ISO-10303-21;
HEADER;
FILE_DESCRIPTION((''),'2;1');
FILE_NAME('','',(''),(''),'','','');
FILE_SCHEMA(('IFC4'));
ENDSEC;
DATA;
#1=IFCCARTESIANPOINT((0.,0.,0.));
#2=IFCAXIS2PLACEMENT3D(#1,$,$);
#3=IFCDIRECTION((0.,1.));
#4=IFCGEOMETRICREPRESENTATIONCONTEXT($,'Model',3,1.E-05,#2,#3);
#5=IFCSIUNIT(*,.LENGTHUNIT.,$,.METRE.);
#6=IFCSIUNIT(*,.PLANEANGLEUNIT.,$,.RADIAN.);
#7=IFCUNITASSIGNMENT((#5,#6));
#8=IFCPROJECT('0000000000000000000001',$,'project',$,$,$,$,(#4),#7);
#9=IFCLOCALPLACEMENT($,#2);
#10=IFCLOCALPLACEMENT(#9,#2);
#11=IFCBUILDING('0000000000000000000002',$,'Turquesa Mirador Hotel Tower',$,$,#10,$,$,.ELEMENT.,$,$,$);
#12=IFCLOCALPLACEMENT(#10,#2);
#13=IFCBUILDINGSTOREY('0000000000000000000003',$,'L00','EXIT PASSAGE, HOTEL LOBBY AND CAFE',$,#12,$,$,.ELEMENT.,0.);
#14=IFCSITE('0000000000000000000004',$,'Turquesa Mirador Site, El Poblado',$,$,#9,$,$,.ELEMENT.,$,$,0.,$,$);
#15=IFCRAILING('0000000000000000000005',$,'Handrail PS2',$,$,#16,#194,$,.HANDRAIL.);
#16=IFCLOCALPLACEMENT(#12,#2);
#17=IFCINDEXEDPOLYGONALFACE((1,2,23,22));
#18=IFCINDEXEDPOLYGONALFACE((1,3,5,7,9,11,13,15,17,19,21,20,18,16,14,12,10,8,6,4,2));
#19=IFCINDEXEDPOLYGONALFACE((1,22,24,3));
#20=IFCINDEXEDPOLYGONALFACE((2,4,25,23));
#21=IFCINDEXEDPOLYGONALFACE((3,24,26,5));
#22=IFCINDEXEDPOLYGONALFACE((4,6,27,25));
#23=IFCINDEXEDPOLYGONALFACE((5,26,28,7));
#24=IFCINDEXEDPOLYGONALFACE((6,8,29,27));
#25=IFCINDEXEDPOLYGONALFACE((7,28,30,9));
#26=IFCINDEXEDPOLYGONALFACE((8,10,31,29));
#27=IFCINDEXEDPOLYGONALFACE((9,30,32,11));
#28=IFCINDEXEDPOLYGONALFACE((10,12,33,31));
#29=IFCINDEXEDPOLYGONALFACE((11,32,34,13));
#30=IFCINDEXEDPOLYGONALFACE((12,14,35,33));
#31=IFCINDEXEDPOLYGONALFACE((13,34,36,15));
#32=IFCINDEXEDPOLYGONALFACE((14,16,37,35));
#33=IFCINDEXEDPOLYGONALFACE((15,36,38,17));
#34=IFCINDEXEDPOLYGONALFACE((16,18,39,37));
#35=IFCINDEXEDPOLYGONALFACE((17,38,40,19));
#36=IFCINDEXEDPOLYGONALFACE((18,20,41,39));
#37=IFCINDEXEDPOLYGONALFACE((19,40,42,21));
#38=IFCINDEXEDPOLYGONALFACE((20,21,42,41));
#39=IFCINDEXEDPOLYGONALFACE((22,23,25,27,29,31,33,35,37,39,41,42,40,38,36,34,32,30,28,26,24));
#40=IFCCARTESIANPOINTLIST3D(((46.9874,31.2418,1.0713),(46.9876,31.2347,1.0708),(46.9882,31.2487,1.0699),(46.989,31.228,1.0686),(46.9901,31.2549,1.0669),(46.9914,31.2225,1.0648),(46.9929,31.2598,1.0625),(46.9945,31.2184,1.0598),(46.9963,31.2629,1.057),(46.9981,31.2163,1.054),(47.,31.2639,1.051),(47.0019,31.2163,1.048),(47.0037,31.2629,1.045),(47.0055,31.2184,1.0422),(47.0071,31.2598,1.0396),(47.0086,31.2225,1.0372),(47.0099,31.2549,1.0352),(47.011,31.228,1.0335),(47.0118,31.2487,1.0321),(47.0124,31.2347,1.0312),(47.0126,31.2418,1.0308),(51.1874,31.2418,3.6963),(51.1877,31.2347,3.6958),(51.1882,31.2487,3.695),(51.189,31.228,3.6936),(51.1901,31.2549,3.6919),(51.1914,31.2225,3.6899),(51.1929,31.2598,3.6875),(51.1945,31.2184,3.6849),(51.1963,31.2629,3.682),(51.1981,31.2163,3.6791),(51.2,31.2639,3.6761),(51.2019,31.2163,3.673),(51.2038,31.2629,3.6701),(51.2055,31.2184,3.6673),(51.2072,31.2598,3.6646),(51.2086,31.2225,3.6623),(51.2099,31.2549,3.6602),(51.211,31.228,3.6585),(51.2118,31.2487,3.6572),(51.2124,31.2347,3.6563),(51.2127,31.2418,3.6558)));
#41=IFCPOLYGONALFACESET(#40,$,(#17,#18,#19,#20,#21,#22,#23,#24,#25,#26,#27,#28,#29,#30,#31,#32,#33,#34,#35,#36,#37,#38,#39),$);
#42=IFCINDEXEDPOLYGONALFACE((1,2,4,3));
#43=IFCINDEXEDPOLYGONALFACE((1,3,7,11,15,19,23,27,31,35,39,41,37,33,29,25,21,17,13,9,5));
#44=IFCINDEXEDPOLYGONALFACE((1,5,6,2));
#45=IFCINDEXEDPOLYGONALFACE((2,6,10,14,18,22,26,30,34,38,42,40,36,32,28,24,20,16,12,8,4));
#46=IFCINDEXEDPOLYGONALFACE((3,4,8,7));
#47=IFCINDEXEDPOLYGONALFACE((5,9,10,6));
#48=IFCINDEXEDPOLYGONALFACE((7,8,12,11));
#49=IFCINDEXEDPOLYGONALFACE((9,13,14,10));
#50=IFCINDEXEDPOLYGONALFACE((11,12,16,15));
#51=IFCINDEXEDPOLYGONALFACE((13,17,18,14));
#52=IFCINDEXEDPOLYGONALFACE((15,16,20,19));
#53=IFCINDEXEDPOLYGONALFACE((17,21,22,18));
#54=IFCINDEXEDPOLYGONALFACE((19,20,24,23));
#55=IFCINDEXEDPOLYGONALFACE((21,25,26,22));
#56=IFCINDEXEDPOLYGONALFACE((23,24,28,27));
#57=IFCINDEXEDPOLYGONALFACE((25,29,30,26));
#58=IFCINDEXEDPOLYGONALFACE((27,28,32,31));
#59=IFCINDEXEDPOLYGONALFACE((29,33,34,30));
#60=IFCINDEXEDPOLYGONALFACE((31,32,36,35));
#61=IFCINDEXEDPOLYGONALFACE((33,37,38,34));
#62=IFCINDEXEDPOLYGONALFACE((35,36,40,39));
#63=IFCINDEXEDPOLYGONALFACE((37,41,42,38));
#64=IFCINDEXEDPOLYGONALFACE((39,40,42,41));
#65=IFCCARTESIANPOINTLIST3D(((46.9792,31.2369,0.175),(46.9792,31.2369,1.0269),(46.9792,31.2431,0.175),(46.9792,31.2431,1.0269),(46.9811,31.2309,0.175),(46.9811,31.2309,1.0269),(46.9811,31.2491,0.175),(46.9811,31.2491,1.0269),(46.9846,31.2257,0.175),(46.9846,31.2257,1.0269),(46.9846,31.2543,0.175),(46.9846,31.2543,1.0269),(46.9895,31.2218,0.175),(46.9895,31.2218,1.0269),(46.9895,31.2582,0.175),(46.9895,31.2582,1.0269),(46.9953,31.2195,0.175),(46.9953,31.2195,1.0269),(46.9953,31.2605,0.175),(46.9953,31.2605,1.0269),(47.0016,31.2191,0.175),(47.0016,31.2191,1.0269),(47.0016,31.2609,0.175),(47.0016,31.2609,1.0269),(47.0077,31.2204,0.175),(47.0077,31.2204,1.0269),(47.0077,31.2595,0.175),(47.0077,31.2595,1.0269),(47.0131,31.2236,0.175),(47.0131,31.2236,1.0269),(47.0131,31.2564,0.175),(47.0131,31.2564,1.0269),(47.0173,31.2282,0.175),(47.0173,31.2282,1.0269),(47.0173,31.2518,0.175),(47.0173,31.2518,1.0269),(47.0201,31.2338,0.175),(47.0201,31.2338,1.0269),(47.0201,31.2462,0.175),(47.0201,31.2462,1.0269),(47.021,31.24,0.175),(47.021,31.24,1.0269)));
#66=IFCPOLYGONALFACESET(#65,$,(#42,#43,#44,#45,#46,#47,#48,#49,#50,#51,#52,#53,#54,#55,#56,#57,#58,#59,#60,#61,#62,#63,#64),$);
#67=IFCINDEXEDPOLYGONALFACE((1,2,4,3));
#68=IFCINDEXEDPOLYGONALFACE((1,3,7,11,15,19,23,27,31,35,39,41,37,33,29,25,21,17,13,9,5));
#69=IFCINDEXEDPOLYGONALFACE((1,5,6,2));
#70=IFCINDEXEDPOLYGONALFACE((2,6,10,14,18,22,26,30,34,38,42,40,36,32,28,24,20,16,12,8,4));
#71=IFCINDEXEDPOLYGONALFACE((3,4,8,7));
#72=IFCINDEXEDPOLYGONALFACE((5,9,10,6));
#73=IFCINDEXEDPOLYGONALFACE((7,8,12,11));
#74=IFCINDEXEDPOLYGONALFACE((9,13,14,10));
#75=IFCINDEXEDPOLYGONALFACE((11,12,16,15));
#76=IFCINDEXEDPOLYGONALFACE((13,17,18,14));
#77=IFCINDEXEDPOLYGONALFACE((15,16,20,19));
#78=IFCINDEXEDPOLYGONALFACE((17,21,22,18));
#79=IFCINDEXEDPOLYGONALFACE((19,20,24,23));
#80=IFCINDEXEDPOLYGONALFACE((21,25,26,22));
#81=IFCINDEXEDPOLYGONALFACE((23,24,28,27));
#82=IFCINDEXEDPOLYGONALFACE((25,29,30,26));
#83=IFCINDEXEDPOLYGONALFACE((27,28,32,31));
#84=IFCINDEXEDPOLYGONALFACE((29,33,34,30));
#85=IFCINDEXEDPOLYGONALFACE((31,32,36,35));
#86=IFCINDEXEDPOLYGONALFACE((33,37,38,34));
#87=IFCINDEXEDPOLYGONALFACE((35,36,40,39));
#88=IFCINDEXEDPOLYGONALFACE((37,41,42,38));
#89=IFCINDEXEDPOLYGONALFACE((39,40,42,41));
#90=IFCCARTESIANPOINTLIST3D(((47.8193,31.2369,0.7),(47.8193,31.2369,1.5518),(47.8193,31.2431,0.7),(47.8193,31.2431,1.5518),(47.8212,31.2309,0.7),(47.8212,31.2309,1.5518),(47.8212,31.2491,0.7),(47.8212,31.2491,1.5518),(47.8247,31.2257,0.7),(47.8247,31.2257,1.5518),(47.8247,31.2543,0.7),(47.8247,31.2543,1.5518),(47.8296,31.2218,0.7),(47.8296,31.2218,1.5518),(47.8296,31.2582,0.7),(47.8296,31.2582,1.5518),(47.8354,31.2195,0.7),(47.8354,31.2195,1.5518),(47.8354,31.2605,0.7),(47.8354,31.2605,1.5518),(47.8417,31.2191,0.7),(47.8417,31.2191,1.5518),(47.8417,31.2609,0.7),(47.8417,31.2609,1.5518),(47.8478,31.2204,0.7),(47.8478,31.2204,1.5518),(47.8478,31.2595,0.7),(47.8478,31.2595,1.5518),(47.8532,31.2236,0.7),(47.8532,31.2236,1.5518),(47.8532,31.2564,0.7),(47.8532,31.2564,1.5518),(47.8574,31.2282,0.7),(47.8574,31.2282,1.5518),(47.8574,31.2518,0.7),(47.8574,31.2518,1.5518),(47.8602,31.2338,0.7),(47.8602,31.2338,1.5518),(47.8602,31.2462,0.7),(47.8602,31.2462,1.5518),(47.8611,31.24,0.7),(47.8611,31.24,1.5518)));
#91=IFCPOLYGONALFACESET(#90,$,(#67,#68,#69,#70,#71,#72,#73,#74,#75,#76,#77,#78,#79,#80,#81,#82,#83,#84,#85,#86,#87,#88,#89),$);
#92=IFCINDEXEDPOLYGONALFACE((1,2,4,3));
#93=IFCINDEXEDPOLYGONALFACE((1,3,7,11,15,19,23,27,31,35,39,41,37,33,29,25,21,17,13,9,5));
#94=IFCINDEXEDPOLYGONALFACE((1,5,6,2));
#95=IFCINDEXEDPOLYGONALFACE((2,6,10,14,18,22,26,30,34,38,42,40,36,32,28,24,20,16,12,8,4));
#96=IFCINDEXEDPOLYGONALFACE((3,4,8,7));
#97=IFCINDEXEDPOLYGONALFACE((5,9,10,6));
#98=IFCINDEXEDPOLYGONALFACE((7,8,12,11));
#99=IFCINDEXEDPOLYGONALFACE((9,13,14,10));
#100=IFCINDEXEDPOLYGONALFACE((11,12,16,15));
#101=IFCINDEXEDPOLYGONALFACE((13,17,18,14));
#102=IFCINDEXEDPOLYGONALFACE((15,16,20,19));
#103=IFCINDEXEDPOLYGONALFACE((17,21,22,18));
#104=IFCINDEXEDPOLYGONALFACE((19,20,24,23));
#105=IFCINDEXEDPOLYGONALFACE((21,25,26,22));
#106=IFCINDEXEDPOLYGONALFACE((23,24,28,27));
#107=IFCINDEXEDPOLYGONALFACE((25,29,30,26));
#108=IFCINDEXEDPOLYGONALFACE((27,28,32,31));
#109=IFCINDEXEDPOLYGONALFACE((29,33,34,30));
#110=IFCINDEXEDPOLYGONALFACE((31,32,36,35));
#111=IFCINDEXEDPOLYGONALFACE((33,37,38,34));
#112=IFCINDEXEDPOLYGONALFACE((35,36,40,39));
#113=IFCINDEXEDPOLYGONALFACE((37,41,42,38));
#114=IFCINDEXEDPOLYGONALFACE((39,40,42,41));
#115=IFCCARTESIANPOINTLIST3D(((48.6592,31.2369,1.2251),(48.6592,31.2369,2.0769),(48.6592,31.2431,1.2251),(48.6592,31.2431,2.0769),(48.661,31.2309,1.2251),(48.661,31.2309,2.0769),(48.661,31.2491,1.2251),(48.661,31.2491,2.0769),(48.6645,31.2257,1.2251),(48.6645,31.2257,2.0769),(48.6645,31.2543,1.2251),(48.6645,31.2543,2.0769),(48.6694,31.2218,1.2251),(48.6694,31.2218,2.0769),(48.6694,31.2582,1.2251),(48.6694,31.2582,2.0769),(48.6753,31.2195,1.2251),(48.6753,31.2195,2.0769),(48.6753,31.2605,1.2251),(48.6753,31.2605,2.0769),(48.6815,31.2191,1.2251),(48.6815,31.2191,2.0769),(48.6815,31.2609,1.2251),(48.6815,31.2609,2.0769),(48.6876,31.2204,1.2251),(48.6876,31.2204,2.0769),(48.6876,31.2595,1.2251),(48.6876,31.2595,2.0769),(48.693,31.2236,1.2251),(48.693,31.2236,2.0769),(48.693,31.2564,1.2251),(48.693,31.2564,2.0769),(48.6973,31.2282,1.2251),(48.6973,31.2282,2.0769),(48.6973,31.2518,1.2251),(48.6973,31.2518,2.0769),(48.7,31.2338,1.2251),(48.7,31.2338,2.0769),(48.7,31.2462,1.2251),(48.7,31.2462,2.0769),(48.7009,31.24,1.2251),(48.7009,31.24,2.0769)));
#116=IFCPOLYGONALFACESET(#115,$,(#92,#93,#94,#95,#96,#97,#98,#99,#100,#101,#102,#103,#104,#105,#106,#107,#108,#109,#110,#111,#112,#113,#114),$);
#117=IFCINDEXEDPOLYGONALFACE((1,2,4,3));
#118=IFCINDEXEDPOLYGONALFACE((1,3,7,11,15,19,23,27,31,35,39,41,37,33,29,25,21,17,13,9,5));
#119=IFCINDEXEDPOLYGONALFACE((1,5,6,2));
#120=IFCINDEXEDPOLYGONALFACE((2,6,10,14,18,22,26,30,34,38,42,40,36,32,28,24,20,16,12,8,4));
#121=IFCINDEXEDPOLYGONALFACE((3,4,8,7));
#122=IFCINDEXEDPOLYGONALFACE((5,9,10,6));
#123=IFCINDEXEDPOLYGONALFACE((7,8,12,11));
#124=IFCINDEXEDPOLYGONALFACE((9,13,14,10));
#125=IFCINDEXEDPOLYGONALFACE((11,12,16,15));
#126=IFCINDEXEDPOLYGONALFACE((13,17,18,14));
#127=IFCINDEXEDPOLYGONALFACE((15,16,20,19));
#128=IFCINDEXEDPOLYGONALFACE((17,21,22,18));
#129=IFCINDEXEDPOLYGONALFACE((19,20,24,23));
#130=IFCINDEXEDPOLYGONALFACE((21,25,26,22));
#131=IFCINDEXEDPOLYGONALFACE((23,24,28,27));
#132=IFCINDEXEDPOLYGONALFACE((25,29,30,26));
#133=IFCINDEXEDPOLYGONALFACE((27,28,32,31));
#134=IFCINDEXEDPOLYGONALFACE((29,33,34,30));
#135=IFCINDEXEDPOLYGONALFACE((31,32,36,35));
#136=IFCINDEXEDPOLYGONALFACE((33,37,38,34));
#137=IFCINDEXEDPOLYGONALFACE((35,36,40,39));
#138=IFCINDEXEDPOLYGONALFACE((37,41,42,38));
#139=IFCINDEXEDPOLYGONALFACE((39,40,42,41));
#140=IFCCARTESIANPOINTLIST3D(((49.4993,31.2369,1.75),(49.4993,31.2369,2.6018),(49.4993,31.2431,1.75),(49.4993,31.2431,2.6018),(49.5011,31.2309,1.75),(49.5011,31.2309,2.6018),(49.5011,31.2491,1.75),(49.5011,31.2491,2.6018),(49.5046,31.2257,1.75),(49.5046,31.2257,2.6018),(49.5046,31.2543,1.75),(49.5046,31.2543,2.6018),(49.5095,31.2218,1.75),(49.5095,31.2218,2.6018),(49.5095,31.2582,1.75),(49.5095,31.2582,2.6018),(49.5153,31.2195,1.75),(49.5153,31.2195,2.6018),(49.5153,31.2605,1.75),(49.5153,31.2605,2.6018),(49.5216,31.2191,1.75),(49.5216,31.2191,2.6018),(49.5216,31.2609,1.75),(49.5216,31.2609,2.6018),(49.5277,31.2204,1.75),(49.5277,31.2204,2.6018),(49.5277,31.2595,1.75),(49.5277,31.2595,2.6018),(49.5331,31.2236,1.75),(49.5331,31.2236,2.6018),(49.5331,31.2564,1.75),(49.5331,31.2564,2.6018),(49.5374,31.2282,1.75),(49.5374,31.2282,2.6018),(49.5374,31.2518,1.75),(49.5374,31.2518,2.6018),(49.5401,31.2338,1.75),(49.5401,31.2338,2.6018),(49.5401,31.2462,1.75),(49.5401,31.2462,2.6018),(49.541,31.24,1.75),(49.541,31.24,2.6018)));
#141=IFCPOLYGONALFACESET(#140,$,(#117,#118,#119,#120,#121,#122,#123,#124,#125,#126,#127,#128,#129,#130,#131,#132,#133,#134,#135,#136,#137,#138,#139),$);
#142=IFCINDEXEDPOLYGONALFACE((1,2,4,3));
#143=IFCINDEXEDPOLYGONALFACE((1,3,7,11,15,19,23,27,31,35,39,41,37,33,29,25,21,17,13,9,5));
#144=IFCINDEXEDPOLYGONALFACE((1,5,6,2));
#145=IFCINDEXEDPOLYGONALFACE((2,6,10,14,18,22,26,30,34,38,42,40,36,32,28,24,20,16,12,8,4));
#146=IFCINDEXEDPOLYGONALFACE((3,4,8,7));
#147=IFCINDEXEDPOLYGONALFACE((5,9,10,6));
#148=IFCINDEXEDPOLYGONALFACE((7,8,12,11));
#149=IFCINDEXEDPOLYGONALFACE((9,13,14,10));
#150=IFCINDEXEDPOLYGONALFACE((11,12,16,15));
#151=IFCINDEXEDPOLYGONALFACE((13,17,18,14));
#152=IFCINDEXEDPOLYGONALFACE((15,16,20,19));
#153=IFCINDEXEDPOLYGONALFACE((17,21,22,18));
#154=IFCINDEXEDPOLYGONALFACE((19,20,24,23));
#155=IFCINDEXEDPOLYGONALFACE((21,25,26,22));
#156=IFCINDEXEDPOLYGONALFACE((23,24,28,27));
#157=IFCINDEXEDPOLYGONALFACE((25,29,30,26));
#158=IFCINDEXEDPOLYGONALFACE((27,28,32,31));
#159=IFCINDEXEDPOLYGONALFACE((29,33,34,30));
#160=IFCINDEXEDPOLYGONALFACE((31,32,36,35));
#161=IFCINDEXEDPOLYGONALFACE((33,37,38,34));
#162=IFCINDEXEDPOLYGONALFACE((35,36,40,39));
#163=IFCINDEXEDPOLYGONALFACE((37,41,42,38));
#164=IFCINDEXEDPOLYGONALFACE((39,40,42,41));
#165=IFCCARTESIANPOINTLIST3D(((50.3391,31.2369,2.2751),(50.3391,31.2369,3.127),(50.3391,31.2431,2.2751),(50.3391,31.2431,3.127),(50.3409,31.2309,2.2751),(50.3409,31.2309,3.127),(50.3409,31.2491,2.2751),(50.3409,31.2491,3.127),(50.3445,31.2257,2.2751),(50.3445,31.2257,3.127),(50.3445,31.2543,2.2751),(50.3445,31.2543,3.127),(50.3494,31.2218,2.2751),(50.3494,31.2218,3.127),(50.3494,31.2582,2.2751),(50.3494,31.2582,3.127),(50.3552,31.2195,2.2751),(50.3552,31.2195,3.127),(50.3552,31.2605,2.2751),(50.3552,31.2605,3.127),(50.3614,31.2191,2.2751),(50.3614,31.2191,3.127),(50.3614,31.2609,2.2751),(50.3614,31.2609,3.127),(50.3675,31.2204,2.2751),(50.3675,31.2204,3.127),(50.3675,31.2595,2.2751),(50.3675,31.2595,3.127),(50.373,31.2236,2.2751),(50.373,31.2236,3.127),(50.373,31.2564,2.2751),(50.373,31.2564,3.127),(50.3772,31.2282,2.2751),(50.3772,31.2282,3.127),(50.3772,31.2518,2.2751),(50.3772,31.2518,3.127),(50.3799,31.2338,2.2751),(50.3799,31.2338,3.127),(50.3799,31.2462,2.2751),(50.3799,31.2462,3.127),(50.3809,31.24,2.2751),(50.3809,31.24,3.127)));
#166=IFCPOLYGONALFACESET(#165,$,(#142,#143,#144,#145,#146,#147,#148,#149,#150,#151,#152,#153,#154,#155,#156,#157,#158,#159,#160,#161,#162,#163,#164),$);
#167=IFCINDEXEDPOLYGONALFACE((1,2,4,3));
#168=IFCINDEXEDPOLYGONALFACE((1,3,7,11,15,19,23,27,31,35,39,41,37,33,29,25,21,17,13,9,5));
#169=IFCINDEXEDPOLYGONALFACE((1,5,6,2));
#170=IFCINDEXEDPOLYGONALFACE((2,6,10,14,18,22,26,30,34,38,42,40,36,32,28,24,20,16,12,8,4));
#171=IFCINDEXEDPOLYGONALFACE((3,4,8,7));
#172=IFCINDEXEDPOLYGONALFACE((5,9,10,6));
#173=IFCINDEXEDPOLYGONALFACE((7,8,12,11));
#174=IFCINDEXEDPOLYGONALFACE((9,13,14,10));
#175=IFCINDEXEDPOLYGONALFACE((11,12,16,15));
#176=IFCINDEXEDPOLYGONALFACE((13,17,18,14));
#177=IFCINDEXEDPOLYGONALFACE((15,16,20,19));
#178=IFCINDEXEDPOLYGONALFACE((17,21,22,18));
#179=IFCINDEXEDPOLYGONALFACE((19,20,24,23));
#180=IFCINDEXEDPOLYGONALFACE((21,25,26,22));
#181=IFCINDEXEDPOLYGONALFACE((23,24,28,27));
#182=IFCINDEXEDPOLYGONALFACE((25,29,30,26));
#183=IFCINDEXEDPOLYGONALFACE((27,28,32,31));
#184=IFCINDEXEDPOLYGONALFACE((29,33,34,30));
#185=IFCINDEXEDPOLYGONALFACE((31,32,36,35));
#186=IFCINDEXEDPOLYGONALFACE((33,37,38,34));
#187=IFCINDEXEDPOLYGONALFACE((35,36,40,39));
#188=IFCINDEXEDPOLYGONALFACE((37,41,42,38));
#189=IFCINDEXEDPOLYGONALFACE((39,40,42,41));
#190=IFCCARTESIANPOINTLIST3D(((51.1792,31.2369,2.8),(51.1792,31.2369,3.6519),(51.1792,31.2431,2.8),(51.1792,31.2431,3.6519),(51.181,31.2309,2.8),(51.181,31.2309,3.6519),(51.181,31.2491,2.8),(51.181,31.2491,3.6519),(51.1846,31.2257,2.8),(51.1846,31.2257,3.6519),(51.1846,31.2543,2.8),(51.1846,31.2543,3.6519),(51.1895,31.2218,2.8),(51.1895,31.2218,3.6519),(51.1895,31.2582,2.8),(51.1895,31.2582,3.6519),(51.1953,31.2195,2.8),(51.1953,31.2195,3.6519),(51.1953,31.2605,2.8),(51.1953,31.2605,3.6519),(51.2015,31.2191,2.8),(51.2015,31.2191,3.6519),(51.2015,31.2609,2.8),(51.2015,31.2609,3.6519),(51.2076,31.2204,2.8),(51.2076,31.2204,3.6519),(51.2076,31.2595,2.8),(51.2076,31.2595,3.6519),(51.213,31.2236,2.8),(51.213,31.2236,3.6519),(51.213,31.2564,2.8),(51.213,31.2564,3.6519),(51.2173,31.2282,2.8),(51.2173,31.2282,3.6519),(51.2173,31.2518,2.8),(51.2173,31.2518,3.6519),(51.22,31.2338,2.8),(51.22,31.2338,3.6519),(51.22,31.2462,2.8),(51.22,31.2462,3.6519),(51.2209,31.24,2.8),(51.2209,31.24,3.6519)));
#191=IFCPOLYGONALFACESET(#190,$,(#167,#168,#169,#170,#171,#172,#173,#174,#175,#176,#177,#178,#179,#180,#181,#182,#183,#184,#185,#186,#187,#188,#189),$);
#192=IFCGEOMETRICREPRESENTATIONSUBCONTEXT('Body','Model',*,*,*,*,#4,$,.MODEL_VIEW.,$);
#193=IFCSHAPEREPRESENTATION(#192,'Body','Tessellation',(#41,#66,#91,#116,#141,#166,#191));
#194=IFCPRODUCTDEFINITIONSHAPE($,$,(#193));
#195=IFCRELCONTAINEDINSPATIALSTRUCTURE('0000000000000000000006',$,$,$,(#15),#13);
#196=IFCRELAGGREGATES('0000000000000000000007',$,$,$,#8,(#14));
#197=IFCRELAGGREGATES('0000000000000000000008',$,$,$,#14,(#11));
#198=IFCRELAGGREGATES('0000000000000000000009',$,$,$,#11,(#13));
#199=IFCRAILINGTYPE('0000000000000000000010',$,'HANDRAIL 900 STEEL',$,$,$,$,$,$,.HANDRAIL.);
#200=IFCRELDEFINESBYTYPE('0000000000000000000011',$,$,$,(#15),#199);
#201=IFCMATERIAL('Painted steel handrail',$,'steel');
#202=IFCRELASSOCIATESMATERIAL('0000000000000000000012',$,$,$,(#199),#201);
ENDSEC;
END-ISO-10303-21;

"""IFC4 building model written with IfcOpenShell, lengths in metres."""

from ifc_helpers import new_model, si_unit, direction, frame, origin, origin_2d, place, context, subcontext, project, spatial, circle, extrude, material, type_object, element, save


model = new_model("IFC4")

# Units and contexts
model_context = context("Model", 3, precision=1e-05, world=origin(), true_north=direction((0.0, 1.0)))
body_context = subcontext(model_context, "Body", "Model", "MODEL_VIEW")
ifc_project = project(units=[si_unit("LENGTHUNIT", "METRE"), si_unit("PLANEANGLEUNIT", "RADIAN")], contexts=[model_context])

# Site, building, storey
site_placement = place(None, origin())
site = spatial("IfcSite", under=ifc_project, at=site_placement, Name="Turquesa Mirador Site, El Poblado", CompositionType="ELEMENT", RefElevation=0.0)
building_placement = place(site_placement, origin())
building = spatial("IfcBuilding", under=site, at=building_placement, Name="Turquesa Mirador Hotel Tower", CompositionType="ELEMENT")
storey_placement = place(building_placement, origin())
storey = spatial("IfcBuildingStorey", under=building, at=storey_placement, Name="L00", Description="EXIT PASSAGE, HOTEL LOBBY AND CAFE", CompositionType="ELEMENT", Elevation=0.0)

# Railing
ifc_material_1 = material(Name="Painted steel handrail", Category="steel")
railing_type = type_object("IfcRailingType", Name="HANDRAIL 900 STEEL", PredefinedType="HANDRAIL", material=ifc_material_1)
railing_placement = place(storey_placement, frame((47.0, 31.24, 0.175)))
element("IfcRailing", 1, at=railing_placement, inside=storey, type_object=railing_type, Name="Handrail PS2", PredefinedType="HANDRAIL", context=body_context, shape_type="SweptSolid", body=[
    extrude(circle(Radius=0.0239, at=origin_2d()), frame((0.0, 0.0, 0.876), z_axis=(0.847996, 0.0, 0.530003), x_axis=(0.0, 1.0, 0.0)), (0.0, 0.0, 1.0), 4.9529),
    extrude(circle(Radius=0.021, at=origin_2d()), origin(), (0.0, 0.0, 1.0), 0.8518),
    extrude(circle(Radius=0.021, at=origin_2d()), frame((0.8401, 0.0, 0.5249)), (0.0, 0.0, 1.0), 0.8518),
    extrude(circle(Radius=0.021, at=origin_2d()), frame((1.6799, 0.0, 1.05)), (0.0, 0.0, 1.0), 0.8518),
    extrude(circle(Radius=0.021, at=origin_2d()), frame((2.52, 0.0, 1.575)), (0.0, 0.0, 1.0), 0.8518),
    extrude(circle(Radius=0.021, at=origin_2d()), frame((3.3599, 0.0, 2.1001)), (0.0, 0.0, 1.0), 0.8518),
    extrude(circle(Radius=0.021, at=origin_2d()), frame((4.2, 0.0, 2.625)), (0.0, 0.0, 1.0), 0.8518),
])

save(model, "model.ifc")
